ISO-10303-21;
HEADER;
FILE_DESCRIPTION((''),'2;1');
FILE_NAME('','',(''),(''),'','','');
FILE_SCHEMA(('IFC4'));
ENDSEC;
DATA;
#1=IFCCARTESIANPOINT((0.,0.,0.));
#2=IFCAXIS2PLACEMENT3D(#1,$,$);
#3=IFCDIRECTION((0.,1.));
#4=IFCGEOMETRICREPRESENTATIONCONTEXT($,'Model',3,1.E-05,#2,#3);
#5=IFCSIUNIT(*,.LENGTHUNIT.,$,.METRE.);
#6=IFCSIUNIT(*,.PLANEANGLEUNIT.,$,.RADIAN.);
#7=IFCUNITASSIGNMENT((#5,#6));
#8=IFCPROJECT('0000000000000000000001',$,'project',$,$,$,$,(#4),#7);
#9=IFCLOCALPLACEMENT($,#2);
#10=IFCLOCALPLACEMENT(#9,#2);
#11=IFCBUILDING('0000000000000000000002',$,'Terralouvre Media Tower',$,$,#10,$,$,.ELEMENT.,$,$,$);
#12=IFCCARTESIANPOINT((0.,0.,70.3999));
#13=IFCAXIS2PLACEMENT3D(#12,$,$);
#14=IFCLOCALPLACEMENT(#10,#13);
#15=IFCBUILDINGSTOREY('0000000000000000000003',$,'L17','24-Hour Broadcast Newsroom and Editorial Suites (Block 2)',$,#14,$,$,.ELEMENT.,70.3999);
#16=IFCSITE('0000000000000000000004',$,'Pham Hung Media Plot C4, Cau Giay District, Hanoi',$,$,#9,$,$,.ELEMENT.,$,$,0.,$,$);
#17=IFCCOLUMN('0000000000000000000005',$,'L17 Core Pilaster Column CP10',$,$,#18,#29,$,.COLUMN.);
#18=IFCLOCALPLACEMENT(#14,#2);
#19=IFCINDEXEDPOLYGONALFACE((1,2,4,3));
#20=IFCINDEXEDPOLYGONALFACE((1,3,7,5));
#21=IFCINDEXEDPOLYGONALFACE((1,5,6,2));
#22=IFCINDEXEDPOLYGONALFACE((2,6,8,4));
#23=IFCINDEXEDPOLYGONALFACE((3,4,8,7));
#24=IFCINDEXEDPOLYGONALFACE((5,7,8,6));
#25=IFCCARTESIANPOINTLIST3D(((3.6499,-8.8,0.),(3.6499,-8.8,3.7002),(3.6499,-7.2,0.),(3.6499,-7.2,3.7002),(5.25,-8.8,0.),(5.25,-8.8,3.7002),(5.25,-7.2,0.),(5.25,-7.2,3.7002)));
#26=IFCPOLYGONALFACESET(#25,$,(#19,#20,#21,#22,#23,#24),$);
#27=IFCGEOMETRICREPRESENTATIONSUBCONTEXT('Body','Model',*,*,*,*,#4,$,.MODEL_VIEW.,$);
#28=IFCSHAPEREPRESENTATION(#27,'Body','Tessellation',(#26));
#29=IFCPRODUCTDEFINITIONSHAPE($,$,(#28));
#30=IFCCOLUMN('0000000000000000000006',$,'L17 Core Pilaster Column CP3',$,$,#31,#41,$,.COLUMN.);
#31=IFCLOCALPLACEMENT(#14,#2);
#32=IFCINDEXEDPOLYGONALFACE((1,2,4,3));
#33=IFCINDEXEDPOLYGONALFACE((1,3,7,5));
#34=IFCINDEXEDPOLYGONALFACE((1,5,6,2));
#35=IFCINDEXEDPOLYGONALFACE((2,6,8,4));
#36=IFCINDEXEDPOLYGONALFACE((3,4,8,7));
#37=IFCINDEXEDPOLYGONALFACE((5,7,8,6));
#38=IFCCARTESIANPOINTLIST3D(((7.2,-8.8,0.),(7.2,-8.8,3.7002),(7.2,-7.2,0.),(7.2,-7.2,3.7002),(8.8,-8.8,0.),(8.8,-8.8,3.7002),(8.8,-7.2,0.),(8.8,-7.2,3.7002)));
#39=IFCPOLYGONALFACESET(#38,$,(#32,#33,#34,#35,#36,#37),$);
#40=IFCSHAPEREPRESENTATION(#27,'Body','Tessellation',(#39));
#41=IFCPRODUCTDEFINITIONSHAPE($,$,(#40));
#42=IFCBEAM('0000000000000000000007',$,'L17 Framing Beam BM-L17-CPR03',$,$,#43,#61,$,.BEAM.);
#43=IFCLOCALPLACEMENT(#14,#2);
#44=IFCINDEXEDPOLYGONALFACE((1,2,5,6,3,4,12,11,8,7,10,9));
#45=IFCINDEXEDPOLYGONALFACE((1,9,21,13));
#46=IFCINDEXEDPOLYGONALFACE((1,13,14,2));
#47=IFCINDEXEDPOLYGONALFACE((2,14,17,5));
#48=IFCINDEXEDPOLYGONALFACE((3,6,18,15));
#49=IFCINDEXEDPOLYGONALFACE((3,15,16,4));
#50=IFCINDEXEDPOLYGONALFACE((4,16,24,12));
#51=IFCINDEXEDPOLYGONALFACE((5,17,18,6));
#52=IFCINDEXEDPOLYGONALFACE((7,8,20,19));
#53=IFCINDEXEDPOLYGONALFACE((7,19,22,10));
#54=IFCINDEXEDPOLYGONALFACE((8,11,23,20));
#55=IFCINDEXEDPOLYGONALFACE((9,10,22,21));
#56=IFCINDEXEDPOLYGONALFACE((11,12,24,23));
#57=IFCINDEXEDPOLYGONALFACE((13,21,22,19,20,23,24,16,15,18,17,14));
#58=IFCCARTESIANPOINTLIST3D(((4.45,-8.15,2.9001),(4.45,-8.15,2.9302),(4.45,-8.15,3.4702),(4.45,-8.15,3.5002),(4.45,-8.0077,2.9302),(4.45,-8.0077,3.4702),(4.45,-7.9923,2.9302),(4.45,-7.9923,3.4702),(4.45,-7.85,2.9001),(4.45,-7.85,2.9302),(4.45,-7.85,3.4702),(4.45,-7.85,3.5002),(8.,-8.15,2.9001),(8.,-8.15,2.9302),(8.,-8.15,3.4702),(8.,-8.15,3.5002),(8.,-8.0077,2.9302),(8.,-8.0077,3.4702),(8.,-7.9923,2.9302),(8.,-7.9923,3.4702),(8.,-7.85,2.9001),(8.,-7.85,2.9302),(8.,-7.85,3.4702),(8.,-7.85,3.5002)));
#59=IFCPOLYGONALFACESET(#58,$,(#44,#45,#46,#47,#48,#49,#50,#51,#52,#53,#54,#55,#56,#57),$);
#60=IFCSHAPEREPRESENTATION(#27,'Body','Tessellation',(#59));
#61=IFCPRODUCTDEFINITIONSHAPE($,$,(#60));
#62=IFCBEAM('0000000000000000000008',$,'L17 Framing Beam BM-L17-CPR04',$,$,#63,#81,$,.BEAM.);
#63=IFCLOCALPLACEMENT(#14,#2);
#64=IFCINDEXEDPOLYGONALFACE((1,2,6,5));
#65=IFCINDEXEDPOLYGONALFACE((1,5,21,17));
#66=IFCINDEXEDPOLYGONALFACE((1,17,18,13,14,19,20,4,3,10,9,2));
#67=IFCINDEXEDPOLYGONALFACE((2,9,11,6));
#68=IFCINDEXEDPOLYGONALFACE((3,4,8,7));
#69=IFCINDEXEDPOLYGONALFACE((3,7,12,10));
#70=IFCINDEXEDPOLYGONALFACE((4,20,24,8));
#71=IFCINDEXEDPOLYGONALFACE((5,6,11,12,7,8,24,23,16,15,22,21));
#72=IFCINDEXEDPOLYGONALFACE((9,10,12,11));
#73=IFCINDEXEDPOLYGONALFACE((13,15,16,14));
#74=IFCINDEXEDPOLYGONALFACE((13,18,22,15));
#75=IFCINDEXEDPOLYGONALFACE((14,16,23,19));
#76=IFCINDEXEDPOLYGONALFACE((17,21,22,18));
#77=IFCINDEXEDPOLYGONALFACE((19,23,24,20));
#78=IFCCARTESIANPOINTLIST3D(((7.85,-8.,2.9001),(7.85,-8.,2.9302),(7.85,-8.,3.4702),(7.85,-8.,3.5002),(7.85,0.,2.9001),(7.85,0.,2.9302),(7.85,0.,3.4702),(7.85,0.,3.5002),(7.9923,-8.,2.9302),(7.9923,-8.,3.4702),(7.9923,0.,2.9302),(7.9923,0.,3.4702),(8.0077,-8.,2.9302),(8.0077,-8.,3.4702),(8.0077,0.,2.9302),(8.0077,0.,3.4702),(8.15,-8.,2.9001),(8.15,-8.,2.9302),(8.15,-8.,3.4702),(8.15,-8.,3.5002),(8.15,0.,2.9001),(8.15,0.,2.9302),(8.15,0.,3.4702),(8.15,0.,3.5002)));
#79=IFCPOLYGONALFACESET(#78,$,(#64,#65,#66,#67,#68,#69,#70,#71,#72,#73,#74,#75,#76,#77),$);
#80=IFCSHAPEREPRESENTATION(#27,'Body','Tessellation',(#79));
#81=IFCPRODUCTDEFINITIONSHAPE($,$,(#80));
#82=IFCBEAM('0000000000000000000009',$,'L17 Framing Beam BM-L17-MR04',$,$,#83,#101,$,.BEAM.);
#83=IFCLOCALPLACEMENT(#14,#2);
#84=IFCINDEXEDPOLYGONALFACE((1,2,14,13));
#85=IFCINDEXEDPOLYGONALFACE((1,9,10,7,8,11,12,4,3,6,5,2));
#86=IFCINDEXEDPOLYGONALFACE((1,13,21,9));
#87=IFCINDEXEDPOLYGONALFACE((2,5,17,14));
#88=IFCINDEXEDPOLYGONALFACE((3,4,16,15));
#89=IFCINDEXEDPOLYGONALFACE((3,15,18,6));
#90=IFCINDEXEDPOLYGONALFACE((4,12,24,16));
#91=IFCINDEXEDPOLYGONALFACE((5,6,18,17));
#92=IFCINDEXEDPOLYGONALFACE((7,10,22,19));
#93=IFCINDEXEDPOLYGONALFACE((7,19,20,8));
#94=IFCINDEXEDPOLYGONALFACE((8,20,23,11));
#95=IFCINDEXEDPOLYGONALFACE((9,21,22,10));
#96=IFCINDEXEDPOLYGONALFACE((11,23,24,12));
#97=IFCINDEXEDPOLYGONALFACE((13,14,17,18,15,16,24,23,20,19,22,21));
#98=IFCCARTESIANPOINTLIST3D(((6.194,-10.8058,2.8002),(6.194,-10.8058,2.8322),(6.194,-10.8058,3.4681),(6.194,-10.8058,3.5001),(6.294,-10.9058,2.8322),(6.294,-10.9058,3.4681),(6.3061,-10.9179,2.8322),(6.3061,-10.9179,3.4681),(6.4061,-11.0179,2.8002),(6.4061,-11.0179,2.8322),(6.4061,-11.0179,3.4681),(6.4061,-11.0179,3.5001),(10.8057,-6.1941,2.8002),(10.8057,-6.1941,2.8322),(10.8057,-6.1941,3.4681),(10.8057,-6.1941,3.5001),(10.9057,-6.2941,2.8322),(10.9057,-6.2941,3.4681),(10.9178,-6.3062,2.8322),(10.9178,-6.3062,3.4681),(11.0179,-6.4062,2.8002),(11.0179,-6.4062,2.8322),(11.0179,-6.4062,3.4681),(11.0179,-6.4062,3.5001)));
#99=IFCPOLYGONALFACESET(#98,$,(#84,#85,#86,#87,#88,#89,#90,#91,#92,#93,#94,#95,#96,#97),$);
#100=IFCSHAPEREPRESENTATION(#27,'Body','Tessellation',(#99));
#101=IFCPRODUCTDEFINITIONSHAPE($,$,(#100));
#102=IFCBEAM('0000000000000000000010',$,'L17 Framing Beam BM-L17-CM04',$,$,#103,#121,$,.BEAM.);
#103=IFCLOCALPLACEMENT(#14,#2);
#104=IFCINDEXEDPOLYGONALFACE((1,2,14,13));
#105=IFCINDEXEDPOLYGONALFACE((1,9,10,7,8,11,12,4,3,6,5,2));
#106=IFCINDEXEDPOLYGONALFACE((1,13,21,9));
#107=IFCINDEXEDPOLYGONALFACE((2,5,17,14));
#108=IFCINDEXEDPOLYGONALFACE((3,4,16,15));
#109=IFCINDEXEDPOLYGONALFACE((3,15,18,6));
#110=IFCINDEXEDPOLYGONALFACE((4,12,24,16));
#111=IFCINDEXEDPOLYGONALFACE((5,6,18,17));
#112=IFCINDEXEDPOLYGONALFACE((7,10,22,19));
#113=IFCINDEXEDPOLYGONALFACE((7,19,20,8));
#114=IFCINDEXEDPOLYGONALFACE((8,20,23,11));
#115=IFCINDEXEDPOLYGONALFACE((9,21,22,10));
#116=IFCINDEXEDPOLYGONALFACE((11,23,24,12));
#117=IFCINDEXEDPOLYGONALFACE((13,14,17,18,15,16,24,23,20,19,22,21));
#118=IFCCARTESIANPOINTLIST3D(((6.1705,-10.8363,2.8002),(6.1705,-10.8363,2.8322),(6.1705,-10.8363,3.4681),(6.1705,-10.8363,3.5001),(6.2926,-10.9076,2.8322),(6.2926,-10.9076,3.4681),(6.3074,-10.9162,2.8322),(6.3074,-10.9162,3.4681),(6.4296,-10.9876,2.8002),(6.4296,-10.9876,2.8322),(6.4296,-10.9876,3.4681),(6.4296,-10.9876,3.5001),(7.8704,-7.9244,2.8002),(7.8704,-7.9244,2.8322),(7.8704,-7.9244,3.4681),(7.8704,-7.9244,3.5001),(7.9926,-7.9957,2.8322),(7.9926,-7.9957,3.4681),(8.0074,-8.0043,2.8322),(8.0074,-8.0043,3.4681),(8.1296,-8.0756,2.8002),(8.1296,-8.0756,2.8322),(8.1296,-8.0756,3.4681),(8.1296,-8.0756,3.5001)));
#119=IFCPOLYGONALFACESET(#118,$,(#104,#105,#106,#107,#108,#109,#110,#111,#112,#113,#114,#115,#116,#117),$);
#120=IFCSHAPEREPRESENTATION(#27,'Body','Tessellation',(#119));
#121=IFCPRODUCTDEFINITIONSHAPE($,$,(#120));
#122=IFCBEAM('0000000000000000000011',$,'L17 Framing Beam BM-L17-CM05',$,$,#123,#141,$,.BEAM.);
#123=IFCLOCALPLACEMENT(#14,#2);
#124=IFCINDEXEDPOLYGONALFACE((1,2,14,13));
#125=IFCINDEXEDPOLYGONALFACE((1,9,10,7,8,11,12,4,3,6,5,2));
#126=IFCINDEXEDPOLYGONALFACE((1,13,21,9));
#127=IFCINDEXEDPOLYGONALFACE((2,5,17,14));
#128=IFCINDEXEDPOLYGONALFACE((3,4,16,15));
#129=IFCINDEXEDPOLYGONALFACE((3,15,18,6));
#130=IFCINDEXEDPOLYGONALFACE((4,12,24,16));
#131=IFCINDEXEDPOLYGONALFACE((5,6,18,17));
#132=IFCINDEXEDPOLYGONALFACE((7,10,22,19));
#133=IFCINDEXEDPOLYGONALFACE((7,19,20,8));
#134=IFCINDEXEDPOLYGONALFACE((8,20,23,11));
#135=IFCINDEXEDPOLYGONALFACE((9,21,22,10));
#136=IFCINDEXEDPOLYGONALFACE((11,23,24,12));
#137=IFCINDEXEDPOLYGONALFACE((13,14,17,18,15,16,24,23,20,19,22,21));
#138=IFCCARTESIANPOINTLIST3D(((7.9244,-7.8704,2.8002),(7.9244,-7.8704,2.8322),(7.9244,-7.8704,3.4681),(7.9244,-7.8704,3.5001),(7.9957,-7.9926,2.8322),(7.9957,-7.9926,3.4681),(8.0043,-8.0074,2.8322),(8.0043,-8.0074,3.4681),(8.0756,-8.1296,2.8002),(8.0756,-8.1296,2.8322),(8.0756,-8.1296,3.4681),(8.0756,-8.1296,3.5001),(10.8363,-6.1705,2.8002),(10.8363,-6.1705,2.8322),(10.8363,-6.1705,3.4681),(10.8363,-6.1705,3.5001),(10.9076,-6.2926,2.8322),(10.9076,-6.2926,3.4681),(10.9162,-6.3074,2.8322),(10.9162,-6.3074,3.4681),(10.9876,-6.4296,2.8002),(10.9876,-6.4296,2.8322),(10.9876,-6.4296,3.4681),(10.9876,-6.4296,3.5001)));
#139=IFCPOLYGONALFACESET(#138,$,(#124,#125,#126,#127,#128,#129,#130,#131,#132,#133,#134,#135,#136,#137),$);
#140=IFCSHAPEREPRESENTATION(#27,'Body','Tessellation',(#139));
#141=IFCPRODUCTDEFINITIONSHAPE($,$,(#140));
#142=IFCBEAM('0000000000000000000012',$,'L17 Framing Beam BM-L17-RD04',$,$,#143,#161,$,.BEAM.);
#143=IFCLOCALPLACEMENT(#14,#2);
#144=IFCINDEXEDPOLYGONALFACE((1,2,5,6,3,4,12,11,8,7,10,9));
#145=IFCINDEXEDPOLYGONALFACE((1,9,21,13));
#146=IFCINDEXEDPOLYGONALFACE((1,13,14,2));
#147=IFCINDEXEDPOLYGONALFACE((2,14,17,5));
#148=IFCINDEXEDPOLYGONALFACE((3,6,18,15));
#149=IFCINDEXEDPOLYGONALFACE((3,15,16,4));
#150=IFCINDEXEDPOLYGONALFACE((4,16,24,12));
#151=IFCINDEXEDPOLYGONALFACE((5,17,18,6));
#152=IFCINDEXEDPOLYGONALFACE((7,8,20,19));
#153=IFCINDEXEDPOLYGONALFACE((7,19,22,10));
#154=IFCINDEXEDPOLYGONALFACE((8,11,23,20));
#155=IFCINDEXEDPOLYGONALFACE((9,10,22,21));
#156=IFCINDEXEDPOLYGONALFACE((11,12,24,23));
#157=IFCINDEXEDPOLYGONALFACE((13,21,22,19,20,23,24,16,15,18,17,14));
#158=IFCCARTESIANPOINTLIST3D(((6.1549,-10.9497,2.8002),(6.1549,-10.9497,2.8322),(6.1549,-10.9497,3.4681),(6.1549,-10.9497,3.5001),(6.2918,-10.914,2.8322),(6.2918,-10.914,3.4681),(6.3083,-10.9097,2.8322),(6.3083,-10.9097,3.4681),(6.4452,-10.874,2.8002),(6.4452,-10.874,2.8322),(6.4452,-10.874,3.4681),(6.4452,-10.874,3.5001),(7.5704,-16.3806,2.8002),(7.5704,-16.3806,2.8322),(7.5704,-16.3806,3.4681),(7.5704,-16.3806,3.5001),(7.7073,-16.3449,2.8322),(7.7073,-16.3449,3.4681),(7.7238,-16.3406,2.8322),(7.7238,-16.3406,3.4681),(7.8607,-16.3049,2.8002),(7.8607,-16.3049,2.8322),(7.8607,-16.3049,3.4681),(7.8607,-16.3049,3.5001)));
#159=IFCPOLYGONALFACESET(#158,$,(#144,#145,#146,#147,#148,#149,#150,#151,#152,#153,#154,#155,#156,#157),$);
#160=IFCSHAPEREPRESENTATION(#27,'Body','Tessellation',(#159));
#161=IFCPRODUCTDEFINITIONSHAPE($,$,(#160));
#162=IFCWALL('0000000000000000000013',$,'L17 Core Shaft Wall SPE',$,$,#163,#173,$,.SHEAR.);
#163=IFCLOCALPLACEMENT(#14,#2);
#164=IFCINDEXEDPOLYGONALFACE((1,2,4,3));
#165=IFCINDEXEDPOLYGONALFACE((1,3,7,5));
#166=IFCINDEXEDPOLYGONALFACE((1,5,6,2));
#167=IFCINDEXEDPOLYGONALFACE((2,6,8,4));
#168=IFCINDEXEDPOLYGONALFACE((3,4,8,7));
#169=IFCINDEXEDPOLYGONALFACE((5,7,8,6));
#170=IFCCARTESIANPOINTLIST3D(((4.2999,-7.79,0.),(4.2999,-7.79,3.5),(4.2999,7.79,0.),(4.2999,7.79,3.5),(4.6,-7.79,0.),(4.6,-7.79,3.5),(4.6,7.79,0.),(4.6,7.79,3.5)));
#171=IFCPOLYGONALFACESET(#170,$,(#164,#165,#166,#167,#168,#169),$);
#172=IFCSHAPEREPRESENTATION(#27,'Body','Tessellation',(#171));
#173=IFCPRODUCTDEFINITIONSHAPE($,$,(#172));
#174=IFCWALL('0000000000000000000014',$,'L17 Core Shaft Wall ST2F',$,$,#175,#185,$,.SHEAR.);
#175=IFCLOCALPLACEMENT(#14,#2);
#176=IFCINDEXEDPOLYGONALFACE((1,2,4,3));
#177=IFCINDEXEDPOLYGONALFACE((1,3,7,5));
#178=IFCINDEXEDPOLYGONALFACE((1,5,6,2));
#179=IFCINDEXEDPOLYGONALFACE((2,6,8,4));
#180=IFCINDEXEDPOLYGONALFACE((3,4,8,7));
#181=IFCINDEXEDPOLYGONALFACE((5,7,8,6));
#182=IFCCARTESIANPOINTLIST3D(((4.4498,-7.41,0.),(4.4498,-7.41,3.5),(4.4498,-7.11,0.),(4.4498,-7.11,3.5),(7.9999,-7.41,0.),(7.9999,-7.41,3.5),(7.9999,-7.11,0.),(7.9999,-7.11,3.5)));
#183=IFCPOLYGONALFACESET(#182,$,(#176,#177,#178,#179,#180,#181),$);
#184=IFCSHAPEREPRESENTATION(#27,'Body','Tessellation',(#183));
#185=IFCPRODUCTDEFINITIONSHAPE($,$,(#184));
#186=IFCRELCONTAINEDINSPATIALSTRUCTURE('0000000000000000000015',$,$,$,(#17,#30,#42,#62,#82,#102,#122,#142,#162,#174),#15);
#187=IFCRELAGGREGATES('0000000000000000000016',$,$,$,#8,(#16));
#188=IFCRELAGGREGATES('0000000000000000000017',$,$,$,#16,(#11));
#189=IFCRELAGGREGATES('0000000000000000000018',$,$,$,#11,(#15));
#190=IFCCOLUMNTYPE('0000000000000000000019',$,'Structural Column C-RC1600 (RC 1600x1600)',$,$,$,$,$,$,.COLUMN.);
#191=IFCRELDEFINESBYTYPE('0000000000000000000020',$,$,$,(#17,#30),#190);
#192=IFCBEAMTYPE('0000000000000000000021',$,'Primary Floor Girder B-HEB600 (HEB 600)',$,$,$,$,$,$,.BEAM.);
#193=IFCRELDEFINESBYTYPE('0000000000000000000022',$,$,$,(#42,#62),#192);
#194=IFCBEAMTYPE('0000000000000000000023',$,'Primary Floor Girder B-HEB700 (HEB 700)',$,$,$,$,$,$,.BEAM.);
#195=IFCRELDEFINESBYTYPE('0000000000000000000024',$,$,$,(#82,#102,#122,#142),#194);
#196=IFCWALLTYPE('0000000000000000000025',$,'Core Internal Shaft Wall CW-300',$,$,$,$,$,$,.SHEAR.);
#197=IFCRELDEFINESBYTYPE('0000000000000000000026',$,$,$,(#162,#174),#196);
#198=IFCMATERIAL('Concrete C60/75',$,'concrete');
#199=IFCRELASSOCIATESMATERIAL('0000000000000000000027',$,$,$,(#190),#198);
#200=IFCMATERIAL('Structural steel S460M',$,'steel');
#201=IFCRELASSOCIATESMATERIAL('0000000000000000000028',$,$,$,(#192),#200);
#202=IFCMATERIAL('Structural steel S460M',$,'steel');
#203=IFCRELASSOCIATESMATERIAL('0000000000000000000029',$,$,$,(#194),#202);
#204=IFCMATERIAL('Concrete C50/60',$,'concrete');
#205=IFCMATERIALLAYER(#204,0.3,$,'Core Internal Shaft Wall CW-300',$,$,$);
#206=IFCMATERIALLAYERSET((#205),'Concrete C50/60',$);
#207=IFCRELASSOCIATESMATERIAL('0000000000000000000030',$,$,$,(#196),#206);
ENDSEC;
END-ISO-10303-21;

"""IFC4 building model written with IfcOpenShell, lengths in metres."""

from ifc_helpers import new_model, si_unit, direction, frame, frame_2d, origin, origin_2d, place, context, subcontext, project, spatial, rectangle, i_section, extrude, material, layer, layer_set, material_profile, profile_set, type_object, element, save


model = new_model("IFC4")

# Units and contexts
model_context = context("Model", 3, precision=1e-05, world=origin(), true_north=direction((0.0, 1.0)))
body_context = subcontext(model_context, "Body", "Model", "MODEL_VIEW")
ifc_project = project(units=[si_unit("LENGTHUNIT", "METRE"), si_unit("PLANEANGLEUNIT", "RADIAN")], contexts=[model_context])

# Site, building, storey
site_placement = place(None, origin())
site = spatial("IfcSite", under=ifc_project, at=site_placement, Name="Pham Hung Media Plot C4, Cau Giay District, Hanoi", CompositionType="ELEMENT", RefElevation=0.0)
building_placement = place(site_placement, origin())
building = spatial("IfcBuilding", under=site, at=building_placement, Name="Terralouvre Media Tower", CompositionType="ELEMENT")
storey_placement = place(building_placement, frame((0.0, 0.0, 70.3999)))
storey = spatial("IfcBuildingStorey", under=building, at=storey_placement, Name="L17", Description="24-Hour Broadcast Newsroom and Editorial Suites (Block 2)", CompositionType="ELEMENT", Elevation=70.3999)

# Columns
ifc_material_1 = material(Name="Concrete C60/75", Category="concrete")
ifc_material_profile_1 = material_profile(ifc_material_1, rectangle(XDim=1.6001, YDim=1.6001, at=origin_2d()), Name="RC 1600x1600")
ifc_profile_set_1 = profile_set([ifc_material_profile_1], Name="Concrete C60/75")
column_type = type_object("IfcColumnType", Name="Structural Column C-RC1600 (RC 1600x1600)", PredefinedType="COLUMN", material=ifc_profile_set_1)
for number, where, z_axis, x_axis, name in (
    (1, (4.45, -8.0, 0.0), (0.0, 0.0, 1.0), (1.0, 0.0, 0.0), "L17 Core Pilaster Column CP10"),
    (2, (8.0, -8.0, 0.0), (0.0, 0.0, 1.0), (1.0, 0.0, 0.0), "L17 Core Pilaster Column CP3"),
):
    element("IfcColumn", number, at=place(storey_placement, frame(where, z_axis=z_axis, x_axis=x_axis)), inside=storey, type_object=column_type, Name=name, PredefinedType="COLUMN", context=body_context, shape_type="SweptSolid", body=[
        extrude(rectangle(XDim=1.6001, YDim=1.6001, at=origin_2d()), origin(), (0.0, 0.0, 1.0), 3.7002),
    ])

# Beams
ifc_material_2 = material(Name="Structural steel S460M", Category="steel")
ifc_material_profile_2 = material_profile(ifc_material_2, i_section(OverallWidth=0.3, OverallDepth=0.6001, WebThickness=0.0154, FlangeThickness=0.03, at=origin_2d()), Name="HEB 600")
ifc_profile_set_2 = profile_set([ifc_material_profile_2], Name="Structural steel S460M")
beam_type_1 = type_object("IfcBeamType", Name="Primary Floor Girder B-HEB600 (HEB 600)", PredefinedType="BEAM", material=ifc_profile_set_2)
beam_1_placement = place(storey_placement, frame((4.45, -8.0, 3.2002), z_axis=(1.0, 0.0, 0.0), x_axis=(0.0, 1.0, 0.0)))
element("IfcBeam", 3, at=beam_1_placement, inside=storey, type_object=beam_type_1, Name="L17 Framing Beam BM-L17-CPR03", PredefinedType="BEAM", context=body_context, shape_type="SweptSolid", body=[
    extrude(i_section(OverallWidth=0.3, OverallDepth=0.6001, WebThickness=0.0154, FlangeThickness=0.03, at=origin_2d()), origin(), (0.0, 0.0, 1.0), 3.55),
])
beam_2_placement = place(storey_placement, frame((8.0, -8.0, 3.2002), z_axis=(0.0, 1.0, 0.0), x_axis=(-1.0, 0.0, 0.0)))
element("IfcBeam", 4, at=beam_2_placement, inside=storey, type_object=beam_type_1, Name="L17 Framing Beam BM-L17-CPR04", PredefinedType="BEAM", context=body_context, shape_type="SweptSolid", body=[
    extrude(i_section(OverallWidth=0.3, OverallDepth=0.6001, WebThickness=0.0154, FlangeThickness=0.03, at=origin_2d()), origin(), (0.0, 0.0, 1.0), 8.0),
])
ifc_material_3 = material(Name="Structural steel S460M", Category="steel")
ifc_material_profile_3 = material_profile(ifc_material_3, i_section(OverallWidth=0.3, OverallDepth=0.7, WebThickness=0.0171, FlangeThickness=0.032, at=origin_2d()), Name="HEB 700")
ifc_profile_set_3 = profile_set([ifc_material_profile_3], Name="Structural steel S460M")
beam_type_2 = type_object("IfcBeamType", Name="Primary Floor Girder B-HEB700 (HEB 700)", PredefinedType="BEAM", material=ifc_profile_set_3)
beam_3_placement = place(storey_placement, frame((6.3, -10.9119, 3.1501), z_axis=(0.707107, 0.707107, 0.0), x_axis=(-0.707107, 0.707107, 0.0)))
element("IfcBeam", 5, at=beam_3_placement, inside=storey, type_object=beam_type_2, Name="L17 Framing Beam BM-L17-MR04", PredefinedType="BEAM", context=body_context, shape_type="SweptSolid", body=[
    extrude(i_section(OverallWidth=0.3, OverallDepth=0.7, WebThickness=0.0171, FlangeThickness=0.032, at=origin_2d()), origin(), (0.0, 0.0, 1.0), 6.522),
])
for number, where, z_axis, x_axis, name in (
    (6, (8.0, -8.0, 3.1501), (-0.504173, -0.863603, 0.0), (0.863603, -0.504173, 0.0), "L17 Framing Beam BM-L17-CM04"),
    (7, (8.0, -8.0, 3.1501), (0.863603, 0.504173, 0.0), (-0.504173, 0.863603, 0.0), "L17 Framing Beam BM-L17-CM05"),
):
    element("IfcBeam", number, at=place(storey_placement, frame(where, z_axis=z_axis, x_axis=x_axis)), inside=storey, type_object=beam_type_2, Name=name, PredefinedType="BEAM", context=body_context, shape_type="SweptSolid", body=[
        extrude(i_section(OverallWidth=0.3, OverallDepth=0.7, WebThickness=0.0171, FlangeThickness=0.032, at=origin_2d()), origin(), (0.0, 0.0, 1.0), 3.3718),
    ])
beam_4_placement = place(storey_placement, frame((6.3, -10.9119, 3.1501), z_axis=(0.252216, -0.967671, 0.0), x_axis=(0.967671, 0.252216, 0.0)))
element("IfcBeam", 8, at=beam_4_placement, inside=storey, type_object=beam_type_2, Name="L17 Framing Beam BM-L17-RD04", PredefinedType="BEAM", context=body_context, shape_type="SweptSolid", body=[
    extrude(i_section(OverallWidth=0.3, OverallDepth=0.7, WebThickness=0.0171, FlangeThickness=0.032, at=origin_2d()), origin(), (0.0, 0.0, 1.0), 5.6123),
])

# Walls
ifc_material_4 = material(Name="Concrete C50/60", Category="concrete")
ifc_layer_1 = layer(ifc_material_4, 0.3, Name="Core Internal Shaft Wall CW-300")
ifc_layer_set_1 = layer_set([ifc_layer_1], Name="Concrete C50/60")
wall_type_1 = type_object("IfcWallType", Name="Core Internal Shaft Wall CW-300", PredefinedType="SHEAR", material=ifc_layer_set_1)
wall_1_placement = place(storey_placement, frame((4.45, -7.79, 0.0), z_axis=(0.0, 0.0, 1.0), x_axis=(0.0, 1.0, 0.0)))
element("IfcWall", 9, at=wall_1_placement, inside=storey, type_object=wall_type_1, Name="L17 Core Shaft Wall SPE", PredefinedType="SHEAR", context=body_context, shape_type="SweptSolid", body=[
    extrude(rectangle(XDim=15.5801, YDim=0.3, at=frame_2d((7.79, 0.0))), origin(), (0.0, 0.0, 1.0), 3.5),
])
wall_2_placement = place(storey_placement, frame((4.45, -7.26, 0.0), z_axis=(0.0, 0.0, 1.0), x_axis=(1.0, 0.0, 0.0)))
element("IfcWall", 10, at=wall_2_placement, inside=storey, type_object=wall_type_1, Name="L17 Core Shaft Wall ST2F", PredefinedType="SHEAR", context=body_context, shape_type="SweptSolid", body=[
    extrude(rectangle(XDim=3.55, YDim=0.3, at=frame_2d((1.7749, 0.0))), origin(), (0.0, 0.0, 1.0), 3.5),
])

save(model, "model.ifc")
